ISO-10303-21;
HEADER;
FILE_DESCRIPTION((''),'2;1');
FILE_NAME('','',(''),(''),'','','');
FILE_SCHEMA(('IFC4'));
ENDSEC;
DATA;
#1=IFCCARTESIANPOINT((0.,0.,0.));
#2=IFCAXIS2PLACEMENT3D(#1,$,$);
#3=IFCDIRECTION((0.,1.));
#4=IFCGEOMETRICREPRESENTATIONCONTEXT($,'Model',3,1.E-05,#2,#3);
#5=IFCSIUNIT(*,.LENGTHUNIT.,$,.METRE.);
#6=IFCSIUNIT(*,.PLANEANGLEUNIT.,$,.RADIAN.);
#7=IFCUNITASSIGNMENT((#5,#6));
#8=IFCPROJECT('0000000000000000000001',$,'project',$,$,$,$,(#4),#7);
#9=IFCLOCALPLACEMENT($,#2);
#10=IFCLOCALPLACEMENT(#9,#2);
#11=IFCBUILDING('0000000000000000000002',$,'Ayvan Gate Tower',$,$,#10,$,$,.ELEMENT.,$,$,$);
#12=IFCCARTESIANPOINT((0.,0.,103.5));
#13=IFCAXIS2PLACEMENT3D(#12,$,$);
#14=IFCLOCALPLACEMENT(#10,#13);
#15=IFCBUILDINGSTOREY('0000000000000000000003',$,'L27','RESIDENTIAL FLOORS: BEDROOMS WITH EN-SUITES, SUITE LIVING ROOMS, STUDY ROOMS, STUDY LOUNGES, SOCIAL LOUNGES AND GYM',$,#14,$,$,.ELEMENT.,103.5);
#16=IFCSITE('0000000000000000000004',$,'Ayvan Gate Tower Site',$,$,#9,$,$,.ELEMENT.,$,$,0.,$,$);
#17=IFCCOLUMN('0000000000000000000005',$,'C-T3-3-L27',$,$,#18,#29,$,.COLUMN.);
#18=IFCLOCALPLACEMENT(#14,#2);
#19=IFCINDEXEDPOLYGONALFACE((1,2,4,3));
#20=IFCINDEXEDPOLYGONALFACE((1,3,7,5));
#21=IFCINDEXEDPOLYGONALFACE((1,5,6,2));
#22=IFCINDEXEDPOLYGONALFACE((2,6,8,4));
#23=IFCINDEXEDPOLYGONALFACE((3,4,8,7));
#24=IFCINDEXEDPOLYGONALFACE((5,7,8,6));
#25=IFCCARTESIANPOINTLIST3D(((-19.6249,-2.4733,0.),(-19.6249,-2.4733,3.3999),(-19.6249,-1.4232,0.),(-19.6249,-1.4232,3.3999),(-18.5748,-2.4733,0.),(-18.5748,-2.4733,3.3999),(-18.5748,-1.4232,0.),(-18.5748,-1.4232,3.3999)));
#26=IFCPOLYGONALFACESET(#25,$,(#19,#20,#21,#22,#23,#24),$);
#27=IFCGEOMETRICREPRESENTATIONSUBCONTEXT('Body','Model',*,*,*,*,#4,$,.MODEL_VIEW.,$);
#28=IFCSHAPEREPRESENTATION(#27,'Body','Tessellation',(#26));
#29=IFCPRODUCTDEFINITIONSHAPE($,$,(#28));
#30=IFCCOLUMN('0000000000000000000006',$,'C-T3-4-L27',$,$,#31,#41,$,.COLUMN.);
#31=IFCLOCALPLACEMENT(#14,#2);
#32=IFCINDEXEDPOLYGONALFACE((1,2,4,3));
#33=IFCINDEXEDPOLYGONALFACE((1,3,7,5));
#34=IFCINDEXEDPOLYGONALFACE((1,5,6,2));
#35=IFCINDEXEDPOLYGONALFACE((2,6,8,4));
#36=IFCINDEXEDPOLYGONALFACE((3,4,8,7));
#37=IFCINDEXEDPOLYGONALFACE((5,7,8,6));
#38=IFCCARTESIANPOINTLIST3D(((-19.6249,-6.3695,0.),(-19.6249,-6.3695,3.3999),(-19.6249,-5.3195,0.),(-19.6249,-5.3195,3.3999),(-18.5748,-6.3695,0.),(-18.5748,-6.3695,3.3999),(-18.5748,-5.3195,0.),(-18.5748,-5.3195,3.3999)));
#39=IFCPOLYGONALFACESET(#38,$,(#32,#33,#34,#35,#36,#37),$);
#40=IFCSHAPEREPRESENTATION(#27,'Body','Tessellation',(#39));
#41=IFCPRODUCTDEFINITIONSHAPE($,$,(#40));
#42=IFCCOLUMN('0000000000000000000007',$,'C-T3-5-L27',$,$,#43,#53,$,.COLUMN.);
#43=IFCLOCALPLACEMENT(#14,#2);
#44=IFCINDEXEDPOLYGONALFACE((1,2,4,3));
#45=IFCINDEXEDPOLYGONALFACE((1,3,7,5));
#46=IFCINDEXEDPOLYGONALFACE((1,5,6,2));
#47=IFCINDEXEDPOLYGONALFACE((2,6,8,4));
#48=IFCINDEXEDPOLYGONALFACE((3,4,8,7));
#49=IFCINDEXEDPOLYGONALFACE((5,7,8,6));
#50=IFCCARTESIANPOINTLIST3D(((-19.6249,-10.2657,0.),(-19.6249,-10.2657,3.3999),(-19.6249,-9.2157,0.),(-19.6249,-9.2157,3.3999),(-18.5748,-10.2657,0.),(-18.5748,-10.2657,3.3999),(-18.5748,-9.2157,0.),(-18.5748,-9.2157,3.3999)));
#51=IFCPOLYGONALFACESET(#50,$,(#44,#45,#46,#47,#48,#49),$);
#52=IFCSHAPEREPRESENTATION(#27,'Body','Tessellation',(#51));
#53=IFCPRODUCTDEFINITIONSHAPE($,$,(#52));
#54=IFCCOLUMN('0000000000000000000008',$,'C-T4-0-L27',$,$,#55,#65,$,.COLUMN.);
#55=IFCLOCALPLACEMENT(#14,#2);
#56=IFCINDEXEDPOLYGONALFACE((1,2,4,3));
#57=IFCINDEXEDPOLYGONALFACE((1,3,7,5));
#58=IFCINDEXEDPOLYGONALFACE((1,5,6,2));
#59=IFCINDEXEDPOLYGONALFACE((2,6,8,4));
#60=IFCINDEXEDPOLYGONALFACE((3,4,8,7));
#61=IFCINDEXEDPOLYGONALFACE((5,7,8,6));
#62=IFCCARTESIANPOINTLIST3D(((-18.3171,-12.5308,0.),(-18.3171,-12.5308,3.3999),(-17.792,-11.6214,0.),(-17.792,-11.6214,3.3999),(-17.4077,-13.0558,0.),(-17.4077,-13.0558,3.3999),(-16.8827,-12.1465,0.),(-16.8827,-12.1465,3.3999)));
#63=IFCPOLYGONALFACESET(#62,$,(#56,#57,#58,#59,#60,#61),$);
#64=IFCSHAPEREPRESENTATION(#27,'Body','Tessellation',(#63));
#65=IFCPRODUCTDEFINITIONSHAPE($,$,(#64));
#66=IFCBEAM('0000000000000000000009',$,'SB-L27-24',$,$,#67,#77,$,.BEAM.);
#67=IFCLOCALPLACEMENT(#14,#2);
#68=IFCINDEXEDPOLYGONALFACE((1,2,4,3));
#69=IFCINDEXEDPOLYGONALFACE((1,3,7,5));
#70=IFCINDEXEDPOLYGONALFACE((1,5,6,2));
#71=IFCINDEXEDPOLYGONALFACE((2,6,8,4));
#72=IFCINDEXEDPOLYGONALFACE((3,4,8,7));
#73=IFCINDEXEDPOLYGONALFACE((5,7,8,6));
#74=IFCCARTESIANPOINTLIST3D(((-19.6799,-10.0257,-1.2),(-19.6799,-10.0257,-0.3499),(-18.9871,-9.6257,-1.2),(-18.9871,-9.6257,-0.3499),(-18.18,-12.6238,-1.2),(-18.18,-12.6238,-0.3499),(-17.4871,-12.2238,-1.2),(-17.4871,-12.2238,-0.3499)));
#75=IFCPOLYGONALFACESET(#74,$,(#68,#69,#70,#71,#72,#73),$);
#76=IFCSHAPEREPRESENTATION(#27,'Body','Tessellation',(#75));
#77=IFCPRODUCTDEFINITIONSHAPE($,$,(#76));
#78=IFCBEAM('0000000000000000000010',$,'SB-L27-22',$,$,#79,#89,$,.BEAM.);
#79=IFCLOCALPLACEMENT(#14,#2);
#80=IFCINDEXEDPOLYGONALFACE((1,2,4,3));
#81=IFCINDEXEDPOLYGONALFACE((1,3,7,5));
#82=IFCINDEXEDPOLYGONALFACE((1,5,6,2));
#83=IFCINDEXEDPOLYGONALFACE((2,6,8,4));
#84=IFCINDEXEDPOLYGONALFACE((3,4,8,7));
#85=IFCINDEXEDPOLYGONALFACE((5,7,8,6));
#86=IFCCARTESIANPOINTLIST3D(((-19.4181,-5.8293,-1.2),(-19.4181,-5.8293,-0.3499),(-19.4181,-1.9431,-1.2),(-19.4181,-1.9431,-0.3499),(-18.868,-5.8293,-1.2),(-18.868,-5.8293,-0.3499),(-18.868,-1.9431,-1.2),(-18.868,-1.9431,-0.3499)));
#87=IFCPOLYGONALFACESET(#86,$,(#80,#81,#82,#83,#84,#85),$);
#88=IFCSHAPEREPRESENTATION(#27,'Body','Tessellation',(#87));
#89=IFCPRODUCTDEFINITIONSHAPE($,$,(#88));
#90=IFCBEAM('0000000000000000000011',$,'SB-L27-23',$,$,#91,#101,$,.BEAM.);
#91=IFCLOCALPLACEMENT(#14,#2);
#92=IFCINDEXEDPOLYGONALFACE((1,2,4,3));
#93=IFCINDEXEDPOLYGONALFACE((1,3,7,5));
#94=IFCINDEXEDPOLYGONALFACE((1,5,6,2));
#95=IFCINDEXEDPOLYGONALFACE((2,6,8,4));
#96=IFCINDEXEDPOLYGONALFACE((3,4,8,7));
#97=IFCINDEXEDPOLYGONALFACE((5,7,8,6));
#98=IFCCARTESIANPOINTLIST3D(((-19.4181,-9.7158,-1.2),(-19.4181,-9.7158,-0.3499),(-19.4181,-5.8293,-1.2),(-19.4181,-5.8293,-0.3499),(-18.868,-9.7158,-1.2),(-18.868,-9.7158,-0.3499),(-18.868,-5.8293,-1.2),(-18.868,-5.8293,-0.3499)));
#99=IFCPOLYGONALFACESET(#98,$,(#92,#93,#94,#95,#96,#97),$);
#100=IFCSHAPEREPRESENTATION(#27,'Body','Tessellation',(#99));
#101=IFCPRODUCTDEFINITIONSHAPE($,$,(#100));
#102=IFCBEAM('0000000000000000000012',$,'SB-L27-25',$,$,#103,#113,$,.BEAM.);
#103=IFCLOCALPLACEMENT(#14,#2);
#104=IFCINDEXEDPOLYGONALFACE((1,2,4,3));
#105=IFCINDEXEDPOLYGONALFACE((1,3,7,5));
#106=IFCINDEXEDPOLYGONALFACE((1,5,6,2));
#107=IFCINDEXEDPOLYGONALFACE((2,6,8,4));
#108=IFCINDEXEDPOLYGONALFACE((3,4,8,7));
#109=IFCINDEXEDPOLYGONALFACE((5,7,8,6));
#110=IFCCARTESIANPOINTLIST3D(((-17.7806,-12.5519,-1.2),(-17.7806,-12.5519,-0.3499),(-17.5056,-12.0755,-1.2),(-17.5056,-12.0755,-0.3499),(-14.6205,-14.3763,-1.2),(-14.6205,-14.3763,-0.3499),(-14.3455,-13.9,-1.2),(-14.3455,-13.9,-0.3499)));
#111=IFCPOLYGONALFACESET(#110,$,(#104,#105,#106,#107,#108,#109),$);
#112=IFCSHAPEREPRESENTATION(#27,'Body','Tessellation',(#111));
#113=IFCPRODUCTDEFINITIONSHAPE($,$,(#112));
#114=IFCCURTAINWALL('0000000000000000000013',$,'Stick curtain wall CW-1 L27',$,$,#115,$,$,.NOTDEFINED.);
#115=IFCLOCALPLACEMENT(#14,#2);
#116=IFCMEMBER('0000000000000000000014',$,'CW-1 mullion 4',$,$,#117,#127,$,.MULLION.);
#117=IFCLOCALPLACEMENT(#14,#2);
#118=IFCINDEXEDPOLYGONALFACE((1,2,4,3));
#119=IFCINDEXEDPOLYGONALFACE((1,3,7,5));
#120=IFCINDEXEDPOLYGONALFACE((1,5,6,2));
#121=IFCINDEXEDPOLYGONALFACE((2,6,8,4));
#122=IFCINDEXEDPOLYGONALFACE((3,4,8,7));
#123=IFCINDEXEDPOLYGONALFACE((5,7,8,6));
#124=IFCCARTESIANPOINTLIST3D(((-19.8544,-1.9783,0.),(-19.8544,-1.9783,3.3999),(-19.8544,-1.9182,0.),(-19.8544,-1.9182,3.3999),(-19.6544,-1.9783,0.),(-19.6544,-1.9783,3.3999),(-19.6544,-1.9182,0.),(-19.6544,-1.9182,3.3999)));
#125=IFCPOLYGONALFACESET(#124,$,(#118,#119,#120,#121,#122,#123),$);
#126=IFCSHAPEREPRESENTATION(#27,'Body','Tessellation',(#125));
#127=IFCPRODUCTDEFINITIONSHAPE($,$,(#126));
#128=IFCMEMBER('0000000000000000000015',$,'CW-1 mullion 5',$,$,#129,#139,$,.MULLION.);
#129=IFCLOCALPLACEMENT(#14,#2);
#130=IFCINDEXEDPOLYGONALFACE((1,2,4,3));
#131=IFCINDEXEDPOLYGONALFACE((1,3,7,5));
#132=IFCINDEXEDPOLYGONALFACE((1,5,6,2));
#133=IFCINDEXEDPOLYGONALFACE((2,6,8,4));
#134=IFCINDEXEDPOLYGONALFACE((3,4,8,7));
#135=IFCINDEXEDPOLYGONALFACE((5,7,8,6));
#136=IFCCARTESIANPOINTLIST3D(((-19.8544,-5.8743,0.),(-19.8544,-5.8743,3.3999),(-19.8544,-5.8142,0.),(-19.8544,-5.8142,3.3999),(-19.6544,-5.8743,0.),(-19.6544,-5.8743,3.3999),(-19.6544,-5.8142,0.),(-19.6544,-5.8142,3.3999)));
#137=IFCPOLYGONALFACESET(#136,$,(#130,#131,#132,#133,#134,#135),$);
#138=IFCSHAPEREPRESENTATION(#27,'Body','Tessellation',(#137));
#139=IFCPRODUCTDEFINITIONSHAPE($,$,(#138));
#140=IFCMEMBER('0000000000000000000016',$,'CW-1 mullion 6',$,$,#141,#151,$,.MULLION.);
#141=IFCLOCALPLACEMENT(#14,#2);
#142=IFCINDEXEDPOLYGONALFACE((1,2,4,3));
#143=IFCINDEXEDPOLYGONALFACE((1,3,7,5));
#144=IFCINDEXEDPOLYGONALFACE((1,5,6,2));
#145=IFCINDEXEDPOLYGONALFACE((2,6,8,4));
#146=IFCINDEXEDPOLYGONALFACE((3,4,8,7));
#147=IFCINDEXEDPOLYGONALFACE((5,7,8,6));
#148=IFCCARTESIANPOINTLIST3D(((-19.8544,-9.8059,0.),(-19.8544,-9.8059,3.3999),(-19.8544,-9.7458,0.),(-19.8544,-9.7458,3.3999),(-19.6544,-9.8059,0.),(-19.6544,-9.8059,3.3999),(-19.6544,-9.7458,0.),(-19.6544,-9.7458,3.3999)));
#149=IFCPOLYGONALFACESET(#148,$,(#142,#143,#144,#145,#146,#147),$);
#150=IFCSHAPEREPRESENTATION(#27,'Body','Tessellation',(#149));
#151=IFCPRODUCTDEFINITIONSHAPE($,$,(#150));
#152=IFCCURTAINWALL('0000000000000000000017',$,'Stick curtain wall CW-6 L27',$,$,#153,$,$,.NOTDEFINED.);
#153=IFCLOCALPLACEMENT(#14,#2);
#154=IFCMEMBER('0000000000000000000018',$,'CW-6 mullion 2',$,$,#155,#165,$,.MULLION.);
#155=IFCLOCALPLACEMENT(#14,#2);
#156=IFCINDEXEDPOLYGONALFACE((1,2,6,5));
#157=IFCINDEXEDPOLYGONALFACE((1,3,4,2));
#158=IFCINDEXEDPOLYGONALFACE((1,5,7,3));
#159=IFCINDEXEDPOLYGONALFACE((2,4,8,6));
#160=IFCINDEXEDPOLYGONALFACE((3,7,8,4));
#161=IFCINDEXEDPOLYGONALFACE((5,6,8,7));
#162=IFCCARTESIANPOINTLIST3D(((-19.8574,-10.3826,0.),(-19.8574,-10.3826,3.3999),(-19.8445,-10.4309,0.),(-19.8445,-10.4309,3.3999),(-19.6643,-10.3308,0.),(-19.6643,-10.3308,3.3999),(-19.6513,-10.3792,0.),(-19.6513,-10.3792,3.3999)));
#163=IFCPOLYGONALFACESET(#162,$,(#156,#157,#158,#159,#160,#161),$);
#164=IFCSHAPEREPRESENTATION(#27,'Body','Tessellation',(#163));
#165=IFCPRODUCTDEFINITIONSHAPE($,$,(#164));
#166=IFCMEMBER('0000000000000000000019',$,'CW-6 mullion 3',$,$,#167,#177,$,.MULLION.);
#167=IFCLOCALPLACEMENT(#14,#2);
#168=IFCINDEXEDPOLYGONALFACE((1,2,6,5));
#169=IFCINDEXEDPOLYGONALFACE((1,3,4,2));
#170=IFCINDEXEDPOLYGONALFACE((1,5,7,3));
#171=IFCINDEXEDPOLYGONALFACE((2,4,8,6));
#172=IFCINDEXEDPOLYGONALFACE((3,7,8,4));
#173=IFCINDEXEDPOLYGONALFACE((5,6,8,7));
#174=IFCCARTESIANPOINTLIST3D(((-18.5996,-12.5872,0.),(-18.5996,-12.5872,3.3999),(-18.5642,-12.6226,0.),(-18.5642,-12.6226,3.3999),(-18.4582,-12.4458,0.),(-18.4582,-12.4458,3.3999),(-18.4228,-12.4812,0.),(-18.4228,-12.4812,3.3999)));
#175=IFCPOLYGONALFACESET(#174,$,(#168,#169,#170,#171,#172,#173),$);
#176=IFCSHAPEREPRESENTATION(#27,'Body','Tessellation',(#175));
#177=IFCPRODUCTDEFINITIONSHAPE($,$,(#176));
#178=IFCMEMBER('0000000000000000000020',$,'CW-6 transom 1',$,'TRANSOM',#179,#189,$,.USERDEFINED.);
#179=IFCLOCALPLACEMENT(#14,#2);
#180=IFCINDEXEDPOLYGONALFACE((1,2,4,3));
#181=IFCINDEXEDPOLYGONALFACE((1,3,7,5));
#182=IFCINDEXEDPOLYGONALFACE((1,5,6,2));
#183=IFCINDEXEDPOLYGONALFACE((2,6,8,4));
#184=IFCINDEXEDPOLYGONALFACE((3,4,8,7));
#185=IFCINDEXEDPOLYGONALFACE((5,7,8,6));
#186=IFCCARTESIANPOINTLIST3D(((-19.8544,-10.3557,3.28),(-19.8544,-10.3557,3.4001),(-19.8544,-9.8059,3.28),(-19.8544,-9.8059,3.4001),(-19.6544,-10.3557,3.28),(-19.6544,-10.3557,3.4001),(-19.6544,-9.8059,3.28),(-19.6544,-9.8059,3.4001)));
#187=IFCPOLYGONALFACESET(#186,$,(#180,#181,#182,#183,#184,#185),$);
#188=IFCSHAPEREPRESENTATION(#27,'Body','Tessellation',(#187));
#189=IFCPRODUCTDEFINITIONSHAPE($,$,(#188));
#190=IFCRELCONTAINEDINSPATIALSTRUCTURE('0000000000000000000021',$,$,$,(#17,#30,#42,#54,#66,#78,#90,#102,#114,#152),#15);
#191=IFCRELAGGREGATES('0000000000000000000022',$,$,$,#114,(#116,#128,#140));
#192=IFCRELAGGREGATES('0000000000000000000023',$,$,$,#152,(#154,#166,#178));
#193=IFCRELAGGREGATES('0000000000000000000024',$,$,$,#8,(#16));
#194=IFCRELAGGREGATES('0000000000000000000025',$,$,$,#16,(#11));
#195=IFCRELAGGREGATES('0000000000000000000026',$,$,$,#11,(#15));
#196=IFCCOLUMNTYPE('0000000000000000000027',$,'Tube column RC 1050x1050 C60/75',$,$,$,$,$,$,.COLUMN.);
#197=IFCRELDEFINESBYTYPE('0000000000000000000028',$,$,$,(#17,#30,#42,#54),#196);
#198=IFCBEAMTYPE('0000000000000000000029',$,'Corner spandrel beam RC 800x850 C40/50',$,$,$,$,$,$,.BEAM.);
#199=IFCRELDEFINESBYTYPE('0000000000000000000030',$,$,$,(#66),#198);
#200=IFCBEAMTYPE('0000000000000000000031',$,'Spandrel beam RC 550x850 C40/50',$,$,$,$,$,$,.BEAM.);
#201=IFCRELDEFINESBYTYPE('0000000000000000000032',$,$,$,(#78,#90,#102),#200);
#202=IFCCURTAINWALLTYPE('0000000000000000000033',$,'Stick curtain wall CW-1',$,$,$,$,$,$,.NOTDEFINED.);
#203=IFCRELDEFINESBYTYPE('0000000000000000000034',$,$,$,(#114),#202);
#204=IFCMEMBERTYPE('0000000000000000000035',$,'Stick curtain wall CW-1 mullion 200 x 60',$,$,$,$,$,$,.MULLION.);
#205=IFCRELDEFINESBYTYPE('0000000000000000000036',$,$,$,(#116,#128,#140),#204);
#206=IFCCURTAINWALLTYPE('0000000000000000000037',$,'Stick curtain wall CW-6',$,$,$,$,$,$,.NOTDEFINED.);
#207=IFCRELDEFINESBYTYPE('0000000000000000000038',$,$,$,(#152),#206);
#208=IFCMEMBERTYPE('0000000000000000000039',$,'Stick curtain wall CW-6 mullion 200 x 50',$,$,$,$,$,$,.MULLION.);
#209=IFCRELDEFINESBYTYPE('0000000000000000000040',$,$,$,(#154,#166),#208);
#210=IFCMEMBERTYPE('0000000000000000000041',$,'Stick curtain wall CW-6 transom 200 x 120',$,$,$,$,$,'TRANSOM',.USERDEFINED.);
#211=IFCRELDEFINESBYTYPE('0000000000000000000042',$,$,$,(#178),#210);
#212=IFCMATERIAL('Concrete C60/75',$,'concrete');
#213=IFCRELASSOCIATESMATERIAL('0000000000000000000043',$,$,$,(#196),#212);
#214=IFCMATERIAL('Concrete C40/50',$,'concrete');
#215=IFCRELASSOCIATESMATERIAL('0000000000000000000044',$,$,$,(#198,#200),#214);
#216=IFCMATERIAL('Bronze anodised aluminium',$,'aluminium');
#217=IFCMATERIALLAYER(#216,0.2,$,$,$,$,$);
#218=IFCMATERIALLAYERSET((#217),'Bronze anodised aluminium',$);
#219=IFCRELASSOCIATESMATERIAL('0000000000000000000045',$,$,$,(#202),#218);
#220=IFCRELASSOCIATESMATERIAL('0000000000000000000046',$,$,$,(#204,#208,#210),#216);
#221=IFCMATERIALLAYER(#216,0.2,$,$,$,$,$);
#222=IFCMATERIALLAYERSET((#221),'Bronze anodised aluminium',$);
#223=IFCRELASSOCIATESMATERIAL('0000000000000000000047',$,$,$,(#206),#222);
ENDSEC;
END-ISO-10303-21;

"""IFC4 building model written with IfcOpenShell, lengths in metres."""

from ifc_helpers import new_model, si_unit, direction, frame, origin, origin_2d, place, context, subcontext, project, spatial, rectangle, extrude, material, layer, layer_set, material_profile, profile_set, type_object, element, aggregate, save


model = new_model("IFC4")

# Units and contexts
model_context = context("Model", 3, precision=1e-05, world=origin(), true_north=direction((0.0, 1.0)))
body_context = subcontext(model_context, "Body", "Model", "MODEL_VIEW")
ifc_project = project(units=[si_unit("LENGTHUNIT", "METRE"), si_unit("PLANEANGLEUNIT", "RADIAN")], contexts=[model_context])

# Site, building, storey
site_placement = place(None, origin())
site = spatial("IfcSite", under=ifc_project, at=site_placement, Name="Ayvan Gate Tower Site", CompositionType="ELEMENT", RefElevation=0.0)
building_placement = place(site_placement, origin())
building = spatial("IfcBuilding", under=site, at=building_placement, Name="Ayvan Gate Tower", CompositionType="ELEMENT")
storey_placement = place(building_placement, frame((0.0, 0.0, 103.5)))
storey = spatial("IfcBuildingStorey", under=building, at=storey_placement, Name="L27", Description="RESIDENTIAL FLOORS: BEDROOMS WITH EN-SUITES, SUITE LIVING ROOMS, STUDY ROOMS, STUDY LOUNGES, SOCIAL LOUNGES AND GYM", CompositionType="ELEMENT", Elevation=103.5)

# Columns
ifc_material_1 = material(Name="Concrete C60/75", Category="concrete")
ifc_material_profile_1 = material_profile(ifc_material_1, rectangle(XDim=1.05, YDim=1.05, at=origin_2d()), Name="RC 1050x1050")
ifc_profile_set_1 = profile_set([ifc_material_profile_1], Name="Concrete C60/75")
column_type = type_object("IfcColumnType", Name="Tube column RC 1050x1050 C60/75", PredefinedType="COLUMN", material=ifc_profile_set_1)
for number, where, z_axis, x_axis, name in (
    (1, (-19.0999, -1.9482, 0.0), (0.0, 0.0, 1.0), (-1.0, 0.0, 0.0), "C-T3-3-L27"),
    (2, (-19.0999, -5.8445, 0.0), (0.0, 0.0, 1.0), (-1.0, 0.0, 0.0), "C-T3-4-L27"),
    (3, (-19.0999, -9.7407, 0.0), (0.0, 0.0, 1.0), (-1.0, 0.0, 0.0), "C-T3-5-L27"),
    (4, (-17.5999, -12.3386, 0.0), (0.0, 0.0, 1.0), (-0.5, -0.866025, 0.0), "C-T4-0-L27"),
):
    element("IfcColumn", number, at=place(storey_placement, frame(where, z_axis=z_axis, x_axis=x_axis)), inside=storey, type_object=column_type, Name=name, PredefinedType="COLUMN", context=body_context, shape_type="SweptSolid", body=[
        extrude(rectangle(XDim=1.05, YDim=1.05, at=origin_2d()), origin(), (0.0, 0.0, 1.0), 3.3999),
    ])

# Beams
ifc_material_2 = material(Name="Concrete C40/50", Category="concrete")
ifc_material_profile_2 = material_profile(ifc_material_2, rectangle(XDim=0.8, YDim=0.8501, at=origin_2d()), Name="RC 800x850")
ifc_profile_set_2 = profile_set([ifc_material_profile_2], Name="Concrete C40/50")
beam_type_1 = type_object("IfcBeamType", Name="Corner spandrel beam RC 800x850 C40/50", PredefinedType="BEAM", material=ifc_profile_set_2)
beam_1_placement = place(storey_placement, frame((-19.3335, -9.8257, -0.7749), z_axis=(0.49999, -0.866031, 0.0), x_axis=(0.866031, 0.49999, 0.0)))
element("IfcBeam", 5, at=beam_1_placement, inside=storey, type_object=beam_type_1, Name="SB-L27-24", PredefinedType="BEAM", context=body_context, shape_type="SweptSolid", body=[
    extrude(rectangle(XDim=0.8, YDim=0.8501, at=origin_2d()), origin(), (0.0, 0.0, 1.0), 3.0),
])
ifc_material_profile_3 = material_profile(ifc_material_2, rectangle(XDim=0.55, YDim=0.8501, at=origin_2d()), Name="RC 550x850")
ifc_profile_set_3 = profile_set([ifc_material_profile_3], Name="Concrete C40/50")
beam_type_2 = type_object("IfcBeamType", Name="Spandrel beam RC 550x850 C40/50", PredefinedType="BEAM", material=ifc_profile_set_3)
beam_2_placement = place(storey_placement, frame((-19.1431, -1.9431, -0.7749), z_axis=(0.0, -1.0, 0.0), x_axis=(1.0, 0.0, 0.0)))
element("IfcBeam", 6, at=beam_2_placement, inside=storey, type_object=beam_type_2, Name="SB-L27-22", PredefinedType="BEAM", context=body_context, shape_type="SweptSolid", body=[
    extrude(rectangle(XDim=0.55, YDim=0.8501, at=origin_2d()), origin(), (0.0, 0.0, 1.0), 3.8862),
])
beam_3_placement = place(storey_placement, frame((-19.1431, -5.8293, -0.7749), z_axis=(0.0, -1.0, 0.0), x_axis=(1.0, 0.0, 0.0)))
element("IfcBeam", 7, at=beam_3_placement, inside=storey, type_object=beam_type_2, Name="SB-L27-23", PredefinedType="BEAM", context=body_context, shape_type="SweptSolid", body=[
    extrude(rectangle(XDim=0.55, YDim=0.8501, at=origin_2d()), origin(), (0.0, 0.0, 1.0), 3.8865),
])
beam_4_placement = place(storey_placement, frame((-17.6431, -12.3137, -0.7749), z_axis=(0.866032, -0.499989, 0.0), x_axis=(0.499989, 0.866032, 0.0)))
element("IfcBeam", 8, at=beam_4_placement, inside=storey, type_object=beam_type_2, Name="SB-L27-25", PredefinedType="BEAM", context=body_context, shape_type="SweptSolid", body=[
    extrude(rectangle(XDim=0.55, YDim=0.8501, at=origin_2d()), origin(), (0.0, 0.0, 1.0), 3.6489),
])

# Curtain walls, members
ifc_material_3 = material(Name="Bronze anodised aluminium", Category="aluminium")
ifc_layer_1 = layer(ifc_material_3, 0.2)
ifc_layer_set_1 = layer_set([ifc_layer_1], Name="Bronze anodised aluminium")
curtain_wall_type_1 = type_object("IfcCurtainWallType", Name="Stick curtain wall CW-1", PredefinedType="NOTDEFINED", material=ifc_layer_set_1)
curtain_wall_1_placement = place(storey_placement, origin())
curtain_wall_1 = element("IfcCurtainWall", 9, at=curtain_wall_1_placement, inside=storey, type_object=curtain_wall_type_1, Name="Stick curtain wall CW-1 L27", PredefinedType="NOTDEFINED")
ifc_material_profile_4 = material_profile(ifc_material_3, rectangle(XDim=0.2, YDim=0.0601, at=origin_2d()), Name="Stick curtain wall CW-1 mullion 200 x 60")
ifc_profile_set_4 = profile_set([ifc_material_profile_4], Name="Bronze anodised aluminium")
member_type_1 = type_object("IfcMemberType", Name="Stick curtain wall CW-1 mullion 200 x 60", PredefinedType="MULLION", material=ifc_profile_set_4)
member_1_placement = place(storey_placement, frame((-19.7544, -1.9482, 0.0), z_axis=(0.0, 0.0, 1.0), x_axis=(-1.0, 0.0, 0.0)))
member_1 = element("IfcMember", 10, at=member_1_placement, type_object=member_type_1, Name="CW-1 mullion 4", PredefinedType="MULLION", context=body_context, shape_type="SweptSolid", body=[
    extrude(rectangle(XDim=0.2, YDim=0.0601, at=origin_2d()), origin(), (0.0, 0.0, 1.0), 3.3999),
])
member_2_placement = place(storey_placement, frame((-19.7544, -5.8442, 0.0), z_axis=(0.0, 0.0, 1.0), x_axis=(-1.0, 0.0, 0.0)))
member_2 = element("IfcMember", 11, at=member_2_placement, type_object=member_type_1, Name="CW-1 mullion 5", PredefinedType="MULLION", context=body_context, shape_type="SweptSolid", body=[
    extrude(rectangle(XDim=0.2, YDim=0.0601, at=origin_2d()), origin(), (0.0, 0.0, 1.0), 3.3999),
])
member_3_placement = place(storey_placement, frame((-19.7544, -9.7759, 0.0), z_axis=(0.0, 0.0, 1.0), x_axis=(-1.0, 0.0, 0.0)))
member_3 = element("IfcMember", 12, at=member_3_placement, type_object=member_type_1, Name="CW-1 mullion 6", PredefinedType="MULLION", context=body_context, shape_type="SweptSolid", body=[
    extrude(rectangle(XDim=0.2, YDim=0.0601, at=origin_2d()), origin(), (0.0, 0.0, 1.0), 3.3999),
])
ifc_layer_2 = layer(ifc_material_3, 0.2)
ifc_layer_set_2 = layer_set([ifc_layer_2], Name="Bronze anodised aluminium")
curtain_wall_type_2 = type_object("IfcCurtainWallType", Name="Stick curtain wall CW-6", PredefinedType="NOTDEFINED", material=ifc_layer_set_2)
curtain_wall_2_placement = place(storey_placement, origin())
curtain_wall_2 = element("IfcCurtainWall", 13, at=curtain_wall_2_placement, inside=storey, type_object=curtain_wall_type_2, Name="Stick curtain wall CW-6 L27", PredefinedType="NOTDEFINED")
ifc_material_profile_5 = material_profile(ifc_material_3, rectangle(XDim=0.2, YDim=0.05, at=origin_2d()), Name="Stick curtain wall CW-6 mullion 200 x 50")
ifc_profile_set_5 = profile_set([ifc_material_profile_5], Name="Bronze anodised aluminium")
member_type_2 = type_object("IfcMemberType", Name="Stick curtain wall CW-6 mullion 200 x 50", PredefinedType="MULLION", material=ifc_profile_set_5)
member_4_placement = place(storey_placement, frame((-19.7544, -10.3809, 0.0), z_axis=(0.0, 0.0, 1.0), x_axis=(-0.965926, -0.258819, 0.0)))
member_4 = element("IfcMember", 14, at=member_4_placement, type_object=member_type_2, Name="CW-6 mullion 2", PredefinedType="MULLION", context=body_context, shape_type="SweptSolid", body=[
    extrude(rectangle(XDim=0.2, YDim=0.05, at=origin_2d()), origin(), (0.0, 0.0, 1.0), 3.3999),
])
member_5_placement = place(storey_placement, frame((-18.5112, -12.5342, 0.0), z_axis=(0.0, 0.0, 1.0), x_axis=(-0.707107, -0.707107, 0.0)))
member_5 = element("IfcMember", 15, at=member_5_placement, type_object=member_type_2, Name="CW-6 mullion 3", PredefinedType="MULLION", context=body_context, shape_type="SweptSolid", body=[
    extrude(rectangle(XDim=0.2, YDim=0.05, at=origin_2d()), origin(), (0.0, 0.0, 1.0), 3.3999),
])
ifc_material_profile_6 = material_profile(ifc_material_3, rectangle(XDim=0.2, YDim=0.1201, at=origin_2d()), Name="Stick curtain wall CW-6 transom 200 x 120")
ifc_profile_set_6 = profile_set([ifc_material_profile_6], Name="Bronze anodised aluminium")
member_type_3 = type_object("IfcMemberType", Name="Stick curtain wall CW-6 transom 200 x 120", ElementType="TRANSOM", PredefinedType="USERDEFINED", material=ifc_profile_set_6)
member_6_placement = place(storey_placement, frame((-19.7544, -9.8059, 3.3401), z_axis=(0.0, -1.0, 0.0), x_axis=(1.0, 0.0, 0.0)))
member_6 = element("IfcMember", 16, at=member_6_placement, type_object=member_type_3, Name="CW-6 transom 1", ObjectType="TRANSOM", PredefinedType="USERDEFINED", context=body_context, shape_type="SweptSolid", body=[
    extrude(rectangle(XDim=0.2, YDim=0.1201, at=origin_2d()), origin(), (0.0, 0.0, 1.0), 0.5498),
])

aggregate(curtain_wall_1, [member_1, member_2, member_3])
aggregate(curtain_wall_2, [member_4, member_5, member_6])

save(model, "model.ifc")
